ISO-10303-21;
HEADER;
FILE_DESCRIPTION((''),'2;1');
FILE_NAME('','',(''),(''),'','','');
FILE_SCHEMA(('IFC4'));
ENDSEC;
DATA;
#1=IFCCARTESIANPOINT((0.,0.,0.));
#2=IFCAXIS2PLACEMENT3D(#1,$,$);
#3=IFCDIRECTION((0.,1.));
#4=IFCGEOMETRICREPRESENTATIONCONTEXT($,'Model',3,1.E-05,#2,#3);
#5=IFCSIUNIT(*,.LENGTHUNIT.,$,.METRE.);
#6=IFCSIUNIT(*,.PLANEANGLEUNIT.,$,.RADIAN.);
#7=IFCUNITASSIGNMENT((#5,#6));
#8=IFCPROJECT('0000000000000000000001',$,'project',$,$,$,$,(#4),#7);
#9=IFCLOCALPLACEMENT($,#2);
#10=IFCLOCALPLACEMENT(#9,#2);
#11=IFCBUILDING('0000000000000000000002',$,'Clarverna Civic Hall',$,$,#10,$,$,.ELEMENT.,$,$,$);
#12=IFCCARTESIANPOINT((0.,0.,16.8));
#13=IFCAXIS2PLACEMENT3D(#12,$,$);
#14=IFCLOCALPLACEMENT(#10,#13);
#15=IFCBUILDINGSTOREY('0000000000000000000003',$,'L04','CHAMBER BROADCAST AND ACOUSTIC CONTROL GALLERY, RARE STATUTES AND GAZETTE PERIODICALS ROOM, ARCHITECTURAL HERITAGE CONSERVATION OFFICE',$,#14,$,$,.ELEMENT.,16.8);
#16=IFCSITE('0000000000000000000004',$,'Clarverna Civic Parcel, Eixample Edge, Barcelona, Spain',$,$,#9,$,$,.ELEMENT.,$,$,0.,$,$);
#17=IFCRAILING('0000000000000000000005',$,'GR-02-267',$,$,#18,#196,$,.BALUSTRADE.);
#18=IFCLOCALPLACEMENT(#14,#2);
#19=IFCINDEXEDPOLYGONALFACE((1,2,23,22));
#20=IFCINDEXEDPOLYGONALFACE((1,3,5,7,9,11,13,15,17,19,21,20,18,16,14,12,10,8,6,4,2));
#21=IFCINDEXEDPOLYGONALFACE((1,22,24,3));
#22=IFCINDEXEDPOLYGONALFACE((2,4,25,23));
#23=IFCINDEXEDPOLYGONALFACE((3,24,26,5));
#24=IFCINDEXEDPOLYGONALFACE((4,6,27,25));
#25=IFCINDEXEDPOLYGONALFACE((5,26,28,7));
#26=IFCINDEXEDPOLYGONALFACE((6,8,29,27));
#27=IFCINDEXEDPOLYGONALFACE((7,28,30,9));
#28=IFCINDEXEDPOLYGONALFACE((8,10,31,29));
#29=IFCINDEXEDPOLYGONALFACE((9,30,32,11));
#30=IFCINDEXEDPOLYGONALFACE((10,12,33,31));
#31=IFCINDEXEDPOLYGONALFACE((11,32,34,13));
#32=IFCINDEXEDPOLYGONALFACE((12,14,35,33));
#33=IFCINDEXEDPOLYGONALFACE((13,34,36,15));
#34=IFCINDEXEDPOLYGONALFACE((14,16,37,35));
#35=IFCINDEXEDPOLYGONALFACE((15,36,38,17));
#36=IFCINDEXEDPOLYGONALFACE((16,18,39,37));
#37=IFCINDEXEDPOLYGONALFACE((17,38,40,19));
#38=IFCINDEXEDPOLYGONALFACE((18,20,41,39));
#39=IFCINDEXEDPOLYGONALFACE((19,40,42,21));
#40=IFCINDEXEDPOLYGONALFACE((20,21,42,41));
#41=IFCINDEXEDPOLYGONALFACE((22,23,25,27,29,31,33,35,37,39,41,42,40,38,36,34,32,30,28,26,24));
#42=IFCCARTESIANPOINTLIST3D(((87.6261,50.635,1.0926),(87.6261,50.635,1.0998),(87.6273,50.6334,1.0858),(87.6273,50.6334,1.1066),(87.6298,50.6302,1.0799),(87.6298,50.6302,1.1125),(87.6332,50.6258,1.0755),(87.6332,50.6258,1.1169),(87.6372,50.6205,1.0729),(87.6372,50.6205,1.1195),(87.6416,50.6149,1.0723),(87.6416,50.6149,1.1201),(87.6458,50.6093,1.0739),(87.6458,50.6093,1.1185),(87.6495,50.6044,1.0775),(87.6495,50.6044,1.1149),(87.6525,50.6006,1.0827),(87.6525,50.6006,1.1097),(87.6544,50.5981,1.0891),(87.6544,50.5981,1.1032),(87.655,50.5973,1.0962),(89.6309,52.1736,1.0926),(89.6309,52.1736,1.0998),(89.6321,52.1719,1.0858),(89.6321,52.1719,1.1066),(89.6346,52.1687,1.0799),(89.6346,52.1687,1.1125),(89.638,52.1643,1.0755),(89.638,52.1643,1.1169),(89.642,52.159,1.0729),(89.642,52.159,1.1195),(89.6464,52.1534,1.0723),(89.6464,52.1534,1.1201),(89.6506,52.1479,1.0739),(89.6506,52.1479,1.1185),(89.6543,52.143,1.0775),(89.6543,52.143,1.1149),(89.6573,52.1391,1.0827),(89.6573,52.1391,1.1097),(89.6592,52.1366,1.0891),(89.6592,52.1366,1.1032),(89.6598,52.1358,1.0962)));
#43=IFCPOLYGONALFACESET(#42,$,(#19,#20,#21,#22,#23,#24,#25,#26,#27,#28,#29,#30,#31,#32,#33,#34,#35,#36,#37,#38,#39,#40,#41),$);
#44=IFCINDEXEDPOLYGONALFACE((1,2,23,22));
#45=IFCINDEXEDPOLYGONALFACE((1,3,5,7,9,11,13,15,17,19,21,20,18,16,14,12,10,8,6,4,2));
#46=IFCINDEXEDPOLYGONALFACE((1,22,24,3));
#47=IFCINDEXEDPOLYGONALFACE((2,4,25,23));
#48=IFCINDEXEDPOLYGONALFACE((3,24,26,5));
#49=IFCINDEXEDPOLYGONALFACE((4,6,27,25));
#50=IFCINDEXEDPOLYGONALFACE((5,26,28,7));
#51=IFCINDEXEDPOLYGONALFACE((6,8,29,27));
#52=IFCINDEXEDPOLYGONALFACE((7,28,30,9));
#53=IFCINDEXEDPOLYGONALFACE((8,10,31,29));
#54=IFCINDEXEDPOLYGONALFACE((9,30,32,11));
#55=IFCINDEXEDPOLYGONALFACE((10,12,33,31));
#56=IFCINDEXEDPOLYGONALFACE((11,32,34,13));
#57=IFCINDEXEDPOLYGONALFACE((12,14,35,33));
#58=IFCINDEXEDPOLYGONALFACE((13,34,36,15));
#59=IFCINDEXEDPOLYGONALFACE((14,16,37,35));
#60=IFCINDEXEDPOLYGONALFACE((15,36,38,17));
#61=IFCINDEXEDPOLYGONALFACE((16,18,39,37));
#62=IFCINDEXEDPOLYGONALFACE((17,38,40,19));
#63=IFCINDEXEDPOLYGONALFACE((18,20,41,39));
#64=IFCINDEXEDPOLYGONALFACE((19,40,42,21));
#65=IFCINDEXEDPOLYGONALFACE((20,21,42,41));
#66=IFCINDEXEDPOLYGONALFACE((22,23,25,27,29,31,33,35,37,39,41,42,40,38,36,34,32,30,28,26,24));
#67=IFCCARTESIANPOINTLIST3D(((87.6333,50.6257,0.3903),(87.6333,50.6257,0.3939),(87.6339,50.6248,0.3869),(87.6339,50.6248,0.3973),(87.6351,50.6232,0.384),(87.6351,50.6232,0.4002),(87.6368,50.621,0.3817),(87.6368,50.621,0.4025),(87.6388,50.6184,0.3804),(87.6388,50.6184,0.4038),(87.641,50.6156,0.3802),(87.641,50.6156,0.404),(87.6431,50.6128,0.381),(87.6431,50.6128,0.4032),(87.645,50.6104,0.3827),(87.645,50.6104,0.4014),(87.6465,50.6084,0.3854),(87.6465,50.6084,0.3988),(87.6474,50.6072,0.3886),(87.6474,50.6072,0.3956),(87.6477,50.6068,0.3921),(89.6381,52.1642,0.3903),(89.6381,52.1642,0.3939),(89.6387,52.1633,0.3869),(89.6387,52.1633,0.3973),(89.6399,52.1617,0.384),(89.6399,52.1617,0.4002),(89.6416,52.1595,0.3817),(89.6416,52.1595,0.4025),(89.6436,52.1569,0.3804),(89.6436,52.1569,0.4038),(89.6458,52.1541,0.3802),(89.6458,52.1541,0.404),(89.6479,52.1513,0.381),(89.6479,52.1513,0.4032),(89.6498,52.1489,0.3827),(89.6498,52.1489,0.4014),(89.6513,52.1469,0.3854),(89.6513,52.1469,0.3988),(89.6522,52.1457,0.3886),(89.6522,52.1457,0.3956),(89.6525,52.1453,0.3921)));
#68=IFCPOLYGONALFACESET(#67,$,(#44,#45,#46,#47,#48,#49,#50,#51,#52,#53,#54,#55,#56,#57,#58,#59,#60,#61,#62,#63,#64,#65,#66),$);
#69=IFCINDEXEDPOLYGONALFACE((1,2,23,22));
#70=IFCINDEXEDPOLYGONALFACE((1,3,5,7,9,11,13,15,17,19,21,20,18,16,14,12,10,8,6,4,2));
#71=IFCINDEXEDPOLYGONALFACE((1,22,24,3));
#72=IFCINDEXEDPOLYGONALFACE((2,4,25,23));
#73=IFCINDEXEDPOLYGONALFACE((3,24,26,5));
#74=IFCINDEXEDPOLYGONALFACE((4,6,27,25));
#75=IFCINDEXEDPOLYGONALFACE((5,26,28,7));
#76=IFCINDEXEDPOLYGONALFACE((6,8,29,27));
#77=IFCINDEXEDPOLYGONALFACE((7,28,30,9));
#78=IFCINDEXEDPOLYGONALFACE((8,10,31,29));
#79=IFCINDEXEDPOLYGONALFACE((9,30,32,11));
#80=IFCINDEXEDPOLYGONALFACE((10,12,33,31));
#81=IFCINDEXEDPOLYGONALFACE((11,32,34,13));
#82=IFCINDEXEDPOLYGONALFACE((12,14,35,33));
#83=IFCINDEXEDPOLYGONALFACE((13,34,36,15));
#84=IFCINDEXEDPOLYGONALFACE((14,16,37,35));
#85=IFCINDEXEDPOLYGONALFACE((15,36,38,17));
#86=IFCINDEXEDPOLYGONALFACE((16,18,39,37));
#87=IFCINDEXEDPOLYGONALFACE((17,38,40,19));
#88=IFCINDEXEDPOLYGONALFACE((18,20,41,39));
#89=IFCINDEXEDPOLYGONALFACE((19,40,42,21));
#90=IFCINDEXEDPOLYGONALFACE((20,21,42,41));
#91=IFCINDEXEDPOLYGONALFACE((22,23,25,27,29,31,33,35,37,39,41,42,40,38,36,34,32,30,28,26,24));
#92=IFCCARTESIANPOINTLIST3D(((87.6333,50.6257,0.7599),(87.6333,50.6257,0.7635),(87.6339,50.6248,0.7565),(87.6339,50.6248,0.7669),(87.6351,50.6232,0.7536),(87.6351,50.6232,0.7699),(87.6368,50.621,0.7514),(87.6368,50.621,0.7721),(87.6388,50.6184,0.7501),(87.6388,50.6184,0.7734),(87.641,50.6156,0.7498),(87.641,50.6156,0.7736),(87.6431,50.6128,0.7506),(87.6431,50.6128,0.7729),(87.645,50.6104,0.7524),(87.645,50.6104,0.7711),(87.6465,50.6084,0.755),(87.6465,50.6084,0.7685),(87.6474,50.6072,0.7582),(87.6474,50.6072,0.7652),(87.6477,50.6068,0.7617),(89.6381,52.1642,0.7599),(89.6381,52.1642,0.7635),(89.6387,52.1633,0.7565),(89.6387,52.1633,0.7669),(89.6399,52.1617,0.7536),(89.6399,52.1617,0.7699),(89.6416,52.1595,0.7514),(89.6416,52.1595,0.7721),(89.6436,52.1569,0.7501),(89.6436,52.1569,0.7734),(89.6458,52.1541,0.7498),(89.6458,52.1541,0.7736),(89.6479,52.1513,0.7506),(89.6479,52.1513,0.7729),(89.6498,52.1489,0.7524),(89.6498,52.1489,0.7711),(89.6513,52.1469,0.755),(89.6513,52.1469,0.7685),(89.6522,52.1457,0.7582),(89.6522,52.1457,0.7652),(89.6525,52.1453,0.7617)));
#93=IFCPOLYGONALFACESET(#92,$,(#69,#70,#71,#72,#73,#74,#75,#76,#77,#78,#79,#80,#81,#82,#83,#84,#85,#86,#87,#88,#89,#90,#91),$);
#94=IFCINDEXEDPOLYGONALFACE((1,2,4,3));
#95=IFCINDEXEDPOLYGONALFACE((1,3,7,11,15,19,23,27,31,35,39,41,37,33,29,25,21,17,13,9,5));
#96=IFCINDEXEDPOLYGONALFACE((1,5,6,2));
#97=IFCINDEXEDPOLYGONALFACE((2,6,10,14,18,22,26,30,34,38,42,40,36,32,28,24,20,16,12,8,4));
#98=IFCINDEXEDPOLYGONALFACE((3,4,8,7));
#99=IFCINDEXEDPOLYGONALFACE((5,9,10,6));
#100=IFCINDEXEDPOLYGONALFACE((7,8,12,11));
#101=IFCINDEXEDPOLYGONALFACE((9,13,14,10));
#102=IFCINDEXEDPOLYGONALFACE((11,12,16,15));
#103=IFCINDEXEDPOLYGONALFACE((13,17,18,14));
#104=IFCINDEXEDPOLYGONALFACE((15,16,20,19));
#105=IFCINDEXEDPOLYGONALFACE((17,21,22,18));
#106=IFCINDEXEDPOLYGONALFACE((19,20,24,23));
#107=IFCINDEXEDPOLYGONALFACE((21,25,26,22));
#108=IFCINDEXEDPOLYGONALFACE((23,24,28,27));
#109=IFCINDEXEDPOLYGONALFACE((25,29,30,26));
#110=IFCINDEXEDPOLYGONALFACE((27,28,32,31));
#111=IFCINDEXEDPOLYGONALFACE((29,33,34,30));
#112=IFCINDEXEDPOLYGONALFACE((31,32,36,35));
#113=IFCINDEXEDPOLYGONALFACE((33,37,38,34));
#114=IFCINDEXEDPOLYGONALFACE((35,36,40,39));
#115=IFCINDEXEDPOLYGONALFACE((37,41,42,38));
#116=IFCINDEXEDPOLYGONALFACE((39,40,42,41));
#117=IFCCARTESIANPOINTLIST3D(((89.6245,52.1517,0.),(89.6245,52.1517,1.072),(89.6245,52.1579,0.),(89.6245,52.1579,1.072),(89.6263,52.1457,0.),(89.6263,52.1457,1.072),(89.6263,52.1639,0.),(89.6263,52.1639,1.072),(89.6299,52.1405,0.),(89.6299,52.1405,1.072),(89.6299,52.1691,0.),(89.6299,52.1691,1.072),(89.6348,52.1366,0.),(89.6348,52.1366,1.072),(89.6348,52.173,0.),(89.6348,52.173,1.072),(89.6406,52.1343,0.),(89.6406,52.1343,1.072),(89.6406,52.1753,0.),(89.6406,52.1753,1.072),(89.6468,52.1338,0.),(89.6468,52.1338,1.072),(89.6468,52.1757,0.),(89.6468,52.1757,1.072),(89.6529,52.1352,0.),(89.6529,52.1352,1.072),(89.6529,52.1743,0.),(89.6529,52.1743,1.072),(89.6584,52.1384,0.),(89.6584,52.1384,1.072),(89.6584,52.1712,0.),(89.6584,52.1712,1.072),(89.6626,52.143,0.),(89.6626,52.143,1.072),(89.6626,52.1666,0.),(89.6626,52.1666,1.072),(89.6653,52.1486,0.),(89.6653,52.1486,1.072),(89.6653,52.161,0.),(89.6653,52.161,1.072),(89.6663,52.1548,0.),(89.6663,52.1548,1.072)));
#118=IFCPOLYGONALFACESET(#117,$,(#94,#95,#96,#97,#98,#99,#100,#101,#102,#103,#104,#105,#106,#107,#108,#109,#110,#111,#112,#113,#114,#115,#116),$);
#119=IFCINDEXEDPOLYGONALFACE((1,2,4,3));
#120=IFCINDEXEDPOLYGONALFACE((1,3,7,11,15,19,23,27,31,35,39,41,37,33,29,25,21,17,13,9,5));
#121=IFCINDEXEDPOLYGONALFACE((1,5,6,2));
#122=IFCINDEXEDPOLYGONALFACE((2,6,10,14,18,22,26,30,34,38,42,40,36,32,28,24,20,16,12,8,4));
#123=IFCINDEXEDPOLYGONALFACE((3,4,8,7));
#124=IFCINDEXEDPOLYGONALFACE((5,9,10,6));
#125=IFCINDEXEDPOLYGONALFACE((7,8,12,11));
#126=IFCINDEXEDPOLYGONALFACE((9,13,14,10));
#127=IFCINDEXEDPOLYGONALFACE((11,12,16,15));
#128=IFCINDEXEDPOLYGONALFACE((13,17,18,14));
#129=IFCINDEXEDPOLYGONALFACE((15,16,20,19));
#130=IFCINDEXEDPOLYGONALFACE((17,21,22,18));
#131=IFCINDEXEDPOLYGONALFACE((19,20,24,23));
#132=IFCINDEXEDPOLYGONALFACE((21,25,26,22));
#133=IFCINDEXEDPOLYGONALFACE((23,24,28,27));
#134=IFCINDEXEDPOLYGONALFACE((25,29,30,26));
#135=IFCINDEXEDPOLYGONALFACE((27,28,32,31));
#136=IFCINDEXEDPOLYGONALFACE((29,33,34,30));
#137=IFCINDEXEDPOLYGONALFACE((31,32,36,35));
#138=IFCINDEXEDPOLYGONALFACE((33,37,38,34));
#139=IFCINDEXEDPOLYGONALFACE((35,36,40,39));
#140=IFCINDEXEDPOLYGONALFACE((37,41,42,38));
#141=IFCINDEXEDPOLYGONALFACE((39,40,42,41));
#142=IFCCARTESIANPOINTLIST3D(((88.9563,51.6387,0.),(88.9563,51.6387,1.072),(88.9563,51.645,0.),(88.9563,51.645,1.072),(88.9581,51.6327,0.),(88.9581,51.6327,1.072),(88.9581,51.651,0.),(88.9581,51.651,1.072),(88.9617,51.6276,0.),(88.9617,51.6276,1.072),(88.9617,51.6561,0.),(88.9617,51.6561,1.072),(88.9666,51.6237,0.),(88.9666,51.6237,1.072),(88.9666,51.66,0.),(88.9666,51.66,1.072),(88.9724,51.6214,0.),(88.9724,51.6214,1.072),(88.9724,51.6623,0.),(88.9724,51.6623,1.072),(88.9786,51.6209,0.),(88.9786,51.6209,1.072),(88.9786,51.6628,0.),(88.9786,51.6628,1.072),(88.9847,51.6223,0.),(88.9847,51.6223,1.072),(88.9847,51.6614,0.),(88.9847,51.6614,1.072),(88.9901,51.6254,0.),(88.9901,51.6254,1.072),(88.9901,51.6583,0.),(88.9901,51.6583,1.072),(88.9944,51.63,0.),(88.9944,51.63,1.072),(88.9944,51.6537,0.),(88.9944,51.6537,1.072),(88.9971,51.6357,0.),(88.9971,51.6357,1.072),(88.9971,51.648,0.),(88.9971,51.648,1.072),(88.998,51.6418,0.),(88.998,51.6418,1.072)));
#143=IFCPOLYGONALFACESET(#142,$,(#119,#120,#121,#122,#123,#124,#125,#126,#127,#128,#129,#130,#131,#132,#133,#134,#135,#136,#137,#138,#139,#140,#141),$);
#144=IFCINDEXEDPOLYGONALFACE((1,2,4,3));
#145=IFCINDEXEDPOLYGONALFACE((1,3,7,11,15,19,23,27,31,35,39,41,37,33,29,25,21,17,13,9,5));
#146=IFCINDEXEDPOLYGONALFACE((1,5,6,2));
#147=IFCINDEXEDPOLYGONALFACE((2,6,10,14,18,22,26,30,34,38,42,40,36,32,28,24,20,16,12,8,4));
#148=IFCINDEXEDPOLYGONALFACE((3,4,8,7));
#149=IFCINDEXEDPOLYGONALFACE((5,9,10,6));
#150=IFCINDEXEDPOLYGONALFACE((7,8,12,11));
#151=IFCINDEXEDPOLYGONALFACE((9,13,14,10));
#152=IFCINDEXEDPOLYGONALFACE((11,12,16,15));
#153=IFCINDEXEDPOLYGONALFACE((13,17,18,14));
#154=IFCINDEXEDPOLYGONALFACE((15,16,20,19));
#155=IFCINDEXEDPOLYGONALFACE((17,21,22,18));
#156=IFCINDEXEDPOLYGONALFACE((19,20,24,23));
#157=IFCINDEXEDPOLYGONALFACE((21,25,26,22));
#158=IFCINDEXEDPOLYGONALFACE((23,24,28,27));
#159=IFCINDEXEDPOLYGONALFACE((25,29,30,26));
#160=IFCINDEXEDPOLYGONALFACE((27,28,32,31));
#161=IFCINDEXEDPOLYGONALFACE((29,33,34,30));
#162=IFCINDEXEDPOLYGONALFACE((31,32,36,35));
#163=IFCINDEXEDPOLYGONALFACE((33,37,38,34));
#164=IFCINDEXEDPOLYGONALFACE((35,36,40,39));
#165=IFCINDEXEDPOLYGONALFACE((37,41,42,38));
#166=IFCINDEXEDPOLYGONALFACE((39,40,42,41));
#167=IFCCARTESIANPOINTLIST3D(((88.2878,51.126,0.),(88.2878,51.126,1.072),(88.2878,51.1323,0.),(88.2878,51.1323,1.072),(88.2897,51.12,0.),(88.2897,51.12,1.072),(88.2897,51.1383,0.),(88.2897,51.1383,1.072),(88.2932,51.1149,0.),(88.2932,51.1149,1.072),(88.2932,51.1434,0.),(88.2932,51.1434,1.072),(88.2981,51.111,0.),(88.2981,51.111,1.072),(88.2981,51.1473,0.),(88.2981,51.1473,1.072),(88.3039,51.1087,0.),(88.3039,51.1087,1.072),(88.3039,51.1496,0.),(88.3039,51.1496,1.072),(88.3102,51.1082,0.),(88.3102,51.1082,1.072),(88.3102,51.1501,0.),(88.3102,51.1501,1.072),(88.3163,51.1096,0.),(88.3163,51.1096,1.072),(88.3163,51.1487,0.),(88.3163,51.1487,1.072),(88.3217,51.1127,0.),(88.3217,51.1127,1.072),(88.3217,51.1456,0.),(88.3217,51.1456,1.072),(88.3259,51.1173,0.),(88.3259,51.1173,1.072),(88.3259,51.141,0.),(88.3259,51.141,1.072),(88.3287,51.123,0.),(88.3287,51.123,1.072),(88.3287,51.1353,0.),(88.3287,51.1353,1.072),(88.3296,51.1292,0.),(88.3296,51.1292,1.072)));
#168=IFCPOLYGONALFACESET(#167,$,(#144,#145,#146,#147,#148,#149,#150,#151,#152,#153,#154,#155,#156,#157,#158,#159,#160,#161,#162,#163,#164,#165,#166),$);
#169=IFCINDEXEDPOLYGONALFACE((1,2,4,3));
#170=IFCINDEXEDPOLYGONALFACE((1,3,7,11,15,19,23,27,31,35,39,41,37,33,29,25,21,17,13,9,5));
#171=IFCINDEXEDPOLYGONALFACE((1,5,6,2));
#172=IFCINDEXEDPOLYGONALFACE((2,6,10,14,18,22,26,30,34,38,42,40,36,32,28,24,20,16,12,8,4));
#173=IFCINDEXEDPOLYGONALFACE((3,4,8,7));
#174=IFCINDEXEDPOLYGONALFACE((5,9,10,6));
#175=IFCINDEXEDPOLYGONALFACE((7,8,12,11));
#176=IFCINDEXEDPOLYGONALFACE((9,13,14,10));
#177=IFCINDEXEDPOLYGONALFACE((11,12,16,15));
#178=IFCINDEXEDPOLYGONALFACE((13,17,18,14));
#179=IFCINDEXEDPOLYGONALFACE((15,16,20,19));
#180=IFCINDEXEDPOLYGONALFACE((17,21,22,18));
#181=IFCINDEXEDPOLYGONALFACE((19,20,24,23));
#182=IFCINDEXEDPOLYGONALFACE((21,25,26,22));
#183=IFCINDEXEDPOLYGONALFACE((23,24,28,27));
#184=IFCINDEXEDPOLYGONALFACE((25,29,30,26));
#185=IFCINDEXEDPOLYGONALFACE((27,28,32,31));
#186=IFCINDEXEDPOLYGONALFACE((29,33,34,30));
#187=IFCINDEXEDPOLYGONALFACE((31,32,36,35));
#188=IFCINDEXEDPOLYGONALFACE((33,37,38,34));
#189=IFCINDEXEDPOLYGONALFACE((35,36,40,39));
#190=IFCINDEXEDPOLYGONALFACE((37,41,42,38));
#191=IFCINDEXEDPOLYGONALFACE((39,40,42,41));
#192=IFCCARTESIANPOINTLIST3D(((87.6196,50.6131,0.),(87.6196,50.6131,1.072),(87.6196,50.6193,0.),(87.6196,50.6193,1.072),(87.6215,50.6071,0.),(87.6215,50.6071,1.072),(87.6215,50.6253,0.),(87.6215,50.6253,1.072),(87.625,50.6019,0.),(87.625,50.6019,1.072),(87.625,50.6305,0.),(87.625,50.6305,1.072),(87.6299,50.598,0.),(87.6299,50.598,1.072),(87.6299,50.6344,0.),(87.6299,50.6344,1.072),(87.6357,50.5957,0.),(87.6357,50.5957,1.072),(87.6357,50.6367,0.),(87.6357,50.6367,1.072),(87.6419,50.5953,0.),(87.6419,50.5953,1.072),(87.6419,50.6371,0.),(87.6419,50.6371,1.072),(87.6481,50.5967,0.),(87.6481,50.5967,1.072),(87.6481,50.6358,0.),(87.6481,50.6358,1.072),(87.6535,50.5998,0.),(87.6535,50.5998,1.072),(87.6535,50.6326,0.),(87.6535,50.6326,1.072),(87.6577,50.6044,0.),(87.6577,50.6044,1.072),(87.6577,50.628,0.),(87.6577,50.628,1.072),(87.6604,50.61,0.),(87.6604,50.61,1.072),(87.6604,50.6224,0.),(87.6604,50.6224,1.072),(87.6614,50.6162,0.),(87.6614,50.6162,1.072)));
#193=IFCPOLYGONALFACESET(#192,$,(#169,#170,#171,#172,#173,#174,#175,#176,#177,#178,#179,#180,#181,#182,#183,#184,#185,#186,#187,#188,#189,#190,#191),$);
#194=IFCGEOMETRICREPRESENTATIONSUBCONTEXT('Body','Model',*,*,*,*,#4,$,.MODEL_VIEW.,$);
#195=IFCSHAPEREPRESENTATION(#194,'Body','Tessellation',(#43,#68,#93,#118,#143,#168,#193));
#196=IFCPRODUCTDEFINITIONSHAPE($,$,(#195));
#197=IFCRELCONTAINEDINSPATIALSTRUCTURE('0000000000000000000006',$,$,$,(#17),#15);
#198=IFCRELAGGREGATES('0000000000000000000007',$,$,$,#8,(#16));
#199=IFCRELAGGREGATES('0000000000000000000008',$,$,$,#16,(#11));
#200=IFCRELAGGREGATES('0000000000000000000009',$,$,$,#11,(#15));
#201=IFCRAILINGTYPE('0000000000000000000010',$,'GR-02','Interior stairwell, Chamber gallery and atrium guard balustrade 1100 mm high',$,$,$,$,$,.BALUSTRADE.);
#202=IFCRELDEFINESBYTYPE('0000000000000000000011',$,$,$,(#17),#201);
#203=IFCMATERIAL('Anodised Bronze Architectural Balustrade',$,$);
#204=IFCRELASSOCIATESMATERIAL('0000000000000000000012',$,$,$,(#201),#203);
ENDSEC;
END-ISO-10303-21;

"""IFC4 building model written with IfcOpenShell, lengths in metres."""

from ifc_helpers import new_model, si_unit, direction, frame, origin, origin_2d, place, context, subcontext, project, spatial, circle, extrude, material, type_object, element, save


model = new_model("IFC4")

# Units and contexts
model_context = context("Model", 3, precision=1e-05, world=origin(), true_north=direction((0.0, 1.0)))
body_context = subcontext(model_context, "Body", "Model", "MODEL_VIEW")
ifc_project = project(units=[si_unit("LENGTHUNIT", "METRE"), si_unit("PLANEANGLEUNIT", "RADIAN")], contexts=[model_context])

# Site, building, storey
site_placement = place(None, origin())
site = spatial("IfcSite", under=ifc_project, at=site_placement, Name="Clarverna Civic Parcel, Eixample Edge, Barcelona, Spain", CompositionType="ELEMENT", RefElevation=0.0)
building_placement = place(site_placement, origin())
building = spatial("IfcBuilding", under=site, at=building_placement, Name="Clarverna Civic Hall", CompositionType="ELEMENT")
storey_placement = place(building_placement, frame((0.0, 0.0, 16.8)))
storey = spatial("IfcBuildingStorey", under=building, at=storey_placement, Name="L04", Description="CHAMBER BROADCAST AND ACOUSTIC CONTROL GALLERY, RARE STATUTES AND GAZETTE PERIODICALS ROOM, ARCHITECTURAL HERITAGE CONSERVATION OFFICE", CompositionType="ELEMENT", Elevation=16.8)

# Railing
ifc_material_1 = material(Name="Anodised Bronze Architectural Balustrade")
railing_type = type_object("IfcRailingType", Name="GR-02", Description="Interior stairwell, Chamber gallery and atrium guard balustrade 1100 mm high", PredefinedType="BALUSTRADE", material=ifc_material_1)
railing_1_placement = place(storey_placement, frame((89.6453, 52.1548, 0.0)))
element("IfcRailing", 1, at=railing_1_placement, inside=storey, type_object=railing_type, Name="GR-02-267", PredefinedType="BALUSTRADE", context=body_context, shape_type="SweptSolid", body=[
    extrude(circle(Radius=0.0239, at=origin_2d()), frame((0.0, 0.0, 1.0962), z_axis=(-0.79332, -0.608805, 0.0), x_axis=(0.608805, -0.79332, 0.0)), (0.0, 0.0, 1.0), 2.5271),
    extrude(circle(Radius=0.012, at=origin_2d()), frame((0.0, 0.0, 0.3921), z_axis=(-0.79332, -0.608805, 0.0), x_axis=(0.608805, -0.79332, 0.0)), (0.0, 0.0, 1.0), 2.5271),
    extrude(circle(Radius=0.012, at=origin_2d()), frame((0.0, 0.0, 0.7617), z_axis=(-0.79332, -0.608805, 0.0), x_axis=(0.608805, -0.79332, 0.0)), (0.0, 0.0, 1.0), 2.5271),
    extrude(circle(Radius=0.021, at=origin_2d()), origin(), (0.0, 0.0, 1.0), 1.072),
    extrude(circle(Radius=0.021, at=origin_2d()), frame((-0.6682, -0.5129, 0.0)), (0.0, 0.0, 1.0), 1.072),
    extrude(circle(Radius=0.021, at=origin_2d()), frame((-1.3367, -1.0256, 0.0)), (0.0, 0.0, 1.0), 1.072),
    extrude(circle(Radius=0.021, at=origin_2d()), frame((-2.0049, -1.5386, 0.0)), (0.0, 0.0, 1.0), 1.072),
])

save(model, "model.ifc")
